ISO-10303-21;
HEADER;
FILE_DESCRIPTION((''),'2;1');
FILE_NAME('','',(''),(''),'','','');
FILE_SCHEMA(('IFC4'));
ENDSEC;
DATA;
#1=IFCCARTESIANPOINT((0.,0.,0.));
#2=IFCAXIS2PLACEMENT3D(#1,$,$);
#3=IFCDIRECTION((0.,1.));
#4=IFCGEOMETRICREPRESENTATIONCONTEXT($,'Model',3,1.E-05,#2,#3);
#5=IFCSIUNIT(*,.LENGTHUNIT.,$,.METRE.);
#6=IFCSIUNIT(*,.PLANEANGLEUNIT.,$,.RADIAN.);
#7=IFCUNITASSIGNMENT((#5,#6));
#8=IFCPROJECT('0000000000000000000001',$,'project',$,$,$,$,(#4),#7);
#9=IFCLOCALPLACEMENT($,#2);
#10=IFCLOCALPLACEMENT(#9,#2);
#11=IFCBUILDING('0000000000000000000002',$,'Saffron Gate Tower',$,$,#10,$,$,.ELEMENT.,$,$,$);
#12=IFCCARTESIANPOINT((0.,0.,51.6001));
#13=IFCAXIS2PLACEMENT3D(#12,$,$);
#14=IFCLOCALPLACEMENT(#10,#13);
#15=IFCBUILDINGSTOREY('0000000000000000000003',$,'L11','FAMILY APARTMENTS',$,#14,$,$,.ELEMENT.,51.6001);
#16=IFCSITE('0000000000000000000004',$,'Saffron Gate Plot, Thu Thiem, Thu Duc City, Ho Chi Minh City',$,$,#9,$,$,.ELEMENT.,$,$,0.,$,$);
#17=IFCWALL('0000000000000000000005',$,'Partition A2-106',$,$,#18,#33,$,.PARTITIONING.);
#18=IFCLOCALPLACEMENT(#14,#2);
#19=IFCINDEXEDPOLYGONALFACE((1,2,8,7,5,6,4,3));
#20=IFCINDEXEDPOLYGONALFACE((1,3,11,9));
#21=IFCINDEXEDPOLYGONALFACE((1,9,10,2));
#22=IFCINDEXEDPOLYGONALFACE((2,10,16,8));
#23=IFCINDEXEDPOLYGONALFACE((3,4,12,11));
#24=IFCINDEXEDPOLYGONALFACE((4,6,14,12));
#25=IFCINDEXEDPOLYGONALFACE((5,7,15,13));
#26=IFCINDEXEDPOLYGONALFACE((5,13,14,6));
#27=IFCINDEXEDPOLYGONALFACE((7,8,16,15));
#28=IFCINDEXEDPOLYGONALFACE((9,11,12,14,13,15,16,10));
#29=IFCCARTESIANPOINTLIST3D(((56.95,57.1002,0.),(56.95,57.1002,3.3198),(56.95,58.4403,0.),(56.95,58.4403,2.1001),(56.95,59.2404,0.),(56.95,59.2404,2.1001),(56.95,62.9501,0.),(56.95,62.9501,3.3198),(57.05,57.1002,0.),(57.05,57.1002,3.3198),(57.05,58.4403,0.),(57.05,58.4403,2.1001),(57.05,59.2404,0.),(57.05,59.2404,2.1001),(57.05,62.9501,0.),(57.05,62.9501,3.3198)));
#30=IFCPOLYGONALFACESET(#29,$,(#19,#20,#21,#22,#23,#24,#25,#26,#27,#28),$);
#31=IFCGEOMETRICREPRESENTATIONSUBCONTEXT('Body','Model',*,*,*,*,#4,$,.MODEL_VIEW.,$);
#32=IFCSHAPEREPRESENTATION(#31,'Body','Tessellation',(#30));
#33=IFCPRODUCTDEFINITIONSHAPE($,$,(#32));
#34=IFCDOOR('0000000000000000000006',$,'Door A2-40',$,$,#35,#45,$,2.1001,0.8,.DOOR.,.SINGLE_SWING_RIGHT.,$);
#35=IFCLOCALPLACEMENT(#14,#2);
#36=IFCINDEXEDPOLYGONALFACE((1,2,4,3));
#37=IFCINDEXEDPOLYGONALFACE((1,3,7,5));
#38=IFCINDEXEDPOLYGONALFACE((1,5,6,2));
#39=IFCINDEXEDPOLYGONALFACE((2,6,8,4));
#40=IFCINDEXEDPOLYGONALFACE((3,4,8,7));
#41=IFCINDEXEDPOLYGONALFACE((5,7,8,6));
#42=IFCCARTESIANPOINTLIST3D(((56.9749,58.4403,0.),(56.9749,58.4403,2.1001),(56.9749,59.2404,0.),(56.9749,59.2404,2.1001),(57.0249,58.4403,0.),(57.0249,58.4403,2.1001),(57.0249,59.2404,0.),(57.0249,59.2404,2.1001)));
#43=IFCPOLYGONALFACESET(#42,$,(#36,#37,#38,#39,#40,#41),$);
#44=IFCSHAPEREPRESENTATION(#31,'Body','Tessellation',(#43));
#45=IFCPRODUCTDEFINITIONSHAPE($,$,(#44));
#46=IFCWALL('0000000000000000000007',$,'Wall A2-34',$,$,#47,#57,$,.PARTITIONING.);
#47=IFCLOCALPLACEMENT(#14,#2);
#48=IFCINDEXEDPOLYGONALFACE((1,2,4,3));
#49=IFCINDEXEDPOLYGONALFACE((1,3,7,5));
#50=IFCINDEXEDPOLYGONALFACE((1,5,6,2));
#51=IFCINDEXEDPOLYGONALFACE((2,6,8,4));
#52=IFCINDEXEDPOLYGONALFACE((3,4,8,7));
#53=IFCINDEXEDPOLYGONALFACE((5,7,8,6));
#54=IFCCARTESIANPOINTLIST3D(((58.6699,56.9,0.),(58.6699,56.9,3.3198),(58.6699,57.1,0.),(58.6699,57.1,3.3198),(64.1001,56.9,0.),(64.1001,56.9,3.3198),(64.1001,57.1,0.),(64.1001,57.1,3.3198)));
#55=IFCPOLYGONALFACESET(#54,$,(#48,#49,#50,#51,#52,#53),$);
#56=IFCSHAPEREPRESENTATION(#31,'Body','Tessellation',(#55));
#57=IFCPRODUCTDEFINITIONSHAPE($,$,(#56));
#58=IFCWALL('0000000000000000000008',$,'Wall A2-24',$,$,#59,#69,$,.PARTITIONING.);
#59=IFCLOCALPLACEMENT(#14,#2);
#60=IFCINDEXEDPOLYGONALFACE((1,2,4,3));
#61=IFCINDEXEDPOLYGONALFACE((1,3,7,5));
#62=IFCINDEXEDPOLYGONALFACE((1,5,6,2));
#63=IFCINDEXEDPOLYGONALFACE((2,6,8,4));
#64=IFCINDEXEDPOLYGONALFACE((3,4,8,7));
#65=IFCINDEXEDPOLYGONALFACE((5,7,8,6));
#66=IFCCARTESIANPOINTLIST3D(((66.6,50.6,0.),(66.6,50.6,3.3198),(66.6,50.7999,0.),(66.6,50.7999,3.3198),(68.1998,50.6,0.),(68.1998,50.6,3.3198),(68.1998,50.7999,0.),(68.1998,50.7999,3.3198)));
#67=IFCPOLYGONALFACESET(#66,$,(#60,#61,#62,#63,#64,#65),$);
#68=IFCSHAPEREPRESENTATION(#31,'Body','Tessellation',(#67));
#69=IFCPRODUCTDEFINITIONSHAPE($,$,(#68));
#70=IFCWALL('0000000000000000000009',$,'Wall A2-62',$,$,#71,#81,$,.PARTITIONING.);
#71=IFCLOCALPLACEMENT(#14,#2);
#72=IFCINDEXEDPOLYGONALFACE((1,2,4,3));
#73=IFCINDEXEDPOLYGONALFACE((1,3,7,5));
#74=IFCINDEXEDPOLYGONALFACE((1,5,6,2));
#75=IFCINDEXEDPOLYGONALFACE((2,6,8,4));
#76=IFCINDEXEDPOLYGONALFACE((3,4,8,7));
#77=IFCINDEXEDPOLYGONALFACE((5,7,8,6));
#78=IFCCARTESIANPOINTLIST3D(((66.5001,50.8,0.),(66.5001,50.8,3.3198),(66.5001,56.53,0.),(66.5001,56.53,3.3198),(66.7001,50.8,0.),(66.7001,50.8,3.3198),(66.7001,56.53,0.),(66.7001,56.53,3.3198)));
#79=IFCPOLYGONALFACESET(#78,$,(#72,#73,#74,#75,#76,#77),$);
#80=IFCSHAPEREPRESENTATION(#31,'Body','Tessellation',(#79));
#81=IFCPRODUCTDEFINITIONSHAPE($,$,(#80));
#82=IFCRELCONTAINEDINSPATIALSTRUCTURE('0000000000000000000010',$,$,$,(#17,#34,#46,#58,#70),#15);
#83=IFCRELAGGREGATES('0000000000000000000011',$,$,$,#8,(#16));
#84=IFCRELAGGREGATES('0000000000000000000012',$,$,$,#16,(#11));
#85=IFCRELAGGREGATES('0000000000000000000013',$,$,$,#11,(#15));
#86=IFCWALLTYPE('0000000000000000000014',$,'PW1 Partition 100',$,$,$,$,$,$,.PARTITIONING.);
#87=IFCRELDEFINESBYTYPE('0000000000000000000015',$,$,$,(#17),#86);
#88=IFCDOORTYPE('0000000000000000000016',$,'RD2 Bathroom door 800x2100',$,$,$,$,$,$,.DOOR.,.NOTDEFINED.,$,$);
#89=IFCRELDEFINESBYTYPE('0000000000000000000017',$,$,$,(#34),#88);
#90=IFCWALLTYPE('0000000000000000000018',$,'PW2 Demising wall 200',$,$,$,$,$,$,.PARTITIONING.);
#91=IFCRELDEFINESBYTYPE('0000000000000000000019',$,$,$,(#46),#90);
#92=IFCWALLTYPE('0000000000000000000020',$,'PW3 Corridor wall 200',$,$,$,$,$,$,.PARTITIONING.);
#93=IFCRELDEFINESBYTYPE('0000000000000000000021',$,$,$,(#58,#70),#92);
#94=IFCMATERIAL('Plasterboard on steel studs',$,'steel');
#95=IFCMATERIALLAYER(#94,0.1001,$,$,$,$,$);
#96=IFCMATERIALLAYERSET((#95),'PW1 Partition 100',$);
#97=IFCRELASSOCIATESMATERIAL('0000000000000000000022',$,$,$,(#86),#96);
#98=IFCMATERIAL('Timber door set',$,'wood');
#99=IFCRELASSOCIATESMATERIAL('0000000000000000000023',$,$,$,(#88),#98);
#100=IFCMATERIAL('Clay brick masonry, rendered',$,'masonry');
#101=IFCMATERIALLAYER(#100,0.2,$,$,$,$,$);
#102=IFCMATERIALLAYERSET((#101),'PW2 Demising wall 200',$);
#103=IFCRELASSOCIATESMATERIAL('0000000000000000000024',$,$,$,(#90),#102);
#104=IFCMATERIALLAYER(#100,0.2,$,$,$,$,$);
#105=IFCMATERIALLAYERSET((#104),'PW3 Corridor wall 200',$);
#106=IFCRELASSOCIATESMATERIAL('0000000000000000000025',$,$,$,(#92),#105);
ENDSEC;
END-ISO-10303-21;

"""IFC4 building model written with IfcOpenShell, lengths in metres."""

from ifc_helpers import new_model, si_unit, direction, frame, frame_2d, origin, place, context, subcontext, project, spatial, rectangle, extrude, material, layer, layer_set, type_object, element, fill, save


model = new_model("IFC4")

# Units and contexts
model_context = context("Model", 3, precision=1e-05, world=origin(), true_north=direction((0.0, 1.0)))
body_context = subcontext(model_context, "Body", "Model", "MODEL_VIEW")
ifc_project = project(units=[si_unit("LENGTHUNIT", "METRE"), si_unit("PLANEANGLEUNIT", "RADIAN")], contexts=[model_context])

# Site, building, storey
site_placement = place(None, origin())
site = spatial("IfcSite", under=ifc_project, at=site_placement, Name="Saffron Gate Plot, Thu Thiem, Thu Duc City, Ho Chi Minh City", CompositionType="ELEMENT", RefElevation=0.0)
building_placement = place(site_placement, origin())
building = spatial("IfcBuilding", under=site, at=building_placement, Name="Saffron Gate Tower", CompositionType="ELEMENT")
storey_placement = place(building_placement, frame((0.0, 0.0, 51.6001)))
storey = spatial("IfcBuildingStorey", under=building, at=storey_placement, Name="L11", Description="FAMILY APARTMENTS", CompositionType="ELEMENT", Elevation=51.6001)

# Shared definitions
ifc_material_1 = material(Name="Plasterboard on steel studs", Category="steel")
ifc_layer_1 = layer(ifc_material_1, 0.1001)
ifc_layer_set_1 = layer_set([ifc_layer_1], Name="PW1 Partition 100")
wall_type_1 = type_object("IfcWallType", Name="PW1 Partition 100", PredefinedType="PARTITIONING", material=ifc_layer_set_1)
ifc_material_2 = material(Name="Timber door set", Category="wood")
door_type_1 = type_object("IfcDoorType", Name="RD2 Bathroom door 800x2100", OperationType="NOTDEFINED", PredefinedType="DOOR", material=ifc_material_2)

# Wall, opening, door
wall_1_placement = place(storey_placement, frame((57.0, 62.95, 0.0), z_axis=(0.0, 0.0, 1.0), x_axis=(0.0, -1.0, 0.0)))
wall_1 = element("IfcWall", 1, at=wall_1_placement, inside=storey, type_object=wall_type_1, Name="Partition A2-106", PredefinedType="PARTITIONING", context=body_context, shape_type="SweptSolid", body=[
    extrude(rectangle(XDim=5.8499, YDim=0.1001, at=frame_2d((2.9248, 0.0))), origin(), (0.0, 0.0, 1.0), 3.3198),
])
opening_1_placement = place(wall_1_placement, frame((3.7097, 0.0, 0.0)))
opening_1 = element("IfcOpeningElement", 2, at=opening_1_placement, cuts=wall_1, PredefinedType="OPENING", context=body_context, shape_type="SweptSolid", body=[
    extrude(rectangle(XDim=0.8, YDim=2.1001, at=frame_2d((0.3999, 1.05))), frame((0.0, 0.0601, 0.0), z_axis=(0.0, -1.0, 0.0), x_axis=(1.0, 0.0, 0.0)), (0.0, 0.0, 1.0), 0.1201),
])
door_1_placement = place(opening_1_placement, origin())
door_1 = element("IfcDoor", 3, at=door_1_placement, inside=storey, type_object=door_type_1, Name="Door A2-40", OperationType="SINGLE_SWING_RIGHT", OverallHeight=2.1001, OverallWidth=0.8, PredefinedType="DOOR", context=body_context, shape_type="SweptSolid", body=[
    extrude(rectangle(XDim=0.8, YDim=2.1001, at=frame_2d((0.3999, 1.05))), frame((0.0, 0.0249, 0.0), z_axis=(0.0, -1.0, 0.0), x_axis=(1.0, 0.0, 0.0)), (0.0, 0.0, 1.0), 0.05),
])
fill(opening_1, door_1)

# Walls
ifc_material_3 = material(Name="Clay brick masonry, rendered", Category="masonry")
ifc_layer_2 = layer(ifc_material_3, 0.2)
ifc_layer_set_2 = layer_set([ifc_layer_2], Name="PW2 Demising wall 200")
wall_type_2 = type_object("IfcWallType", Name="PW2 Demising wall 200", PredefinedType="PARTITIONING", material=ifc_layer_set_2)
wall_2_placement = place(storey_placement, frame((58.6699, 57.0, 0.0), z_axis=(0.0, 0.0, 1.0), x_axis=(1.0, 0.0, 0.0)))
element("IfcWall", 4, at=wall_2_placement, inside=storey, type_object=wall_type_2, Name="Wall A2-34", PredefinedType="PARTITIONING", context=body_context, shape_type="SweptSolid", body=[
    extrude(rectangle(XDim=5.4302, YDim=0.2, at=frame_2d((2.7151, 0.0))), origin(), (0.0, 0.0, 1.0), 3.3198),
])
ifc_layer_3 = layer(ifc_material_3, 0.2)
ifc_layer_set_3 = layer_set([ifc_layer_3], Name="PW3 Corridor wall 200")
wall_type_3 = type_object("IfcWallType", Name="PW3 Corridor wall 200", PredefinedType="PARTITIONING", material=ifc_layer_set_3)
wall_3_placement = place(storey_placement, frame((66.6001, 50.7, 0.0), z_axis=(0.0, 0.0, 1.0), x_axis=(1.0, 0.0, 0.0)))
element("IfcWall", 5, at=wall_3_placement, inside=storey, type_object=wall_type_3, Name="Wall A2-24", PredefinedType="PARTITIONING", context=body_context, shape_type="SweptSolid", body=[
    extrude(rectangle(XDim=1.5999, YDim=0.2, at=frame_2d((0.7998, 0.0))), origin(), (0.0, 0.0, 1.0), 3.3198),
])
wall_4_placement = place(storey_placement, frame((66.6001, 56.53, 0.0), z_axis=(0.0, 0.0, 1.0), x_axis=(0.0, -1.0, 0.0)))
element("IfcWall", 6, at=wall_4_placement, inside=storey, type_object=wall_type_3, Name="Wall A2-62", PredefinedType="PARTITIONING", context=body_context, shape_type="SweptSolid", body=[
    extrude(rectangle(XDim=5.73, YDim=0.2, at=frame_2d((2.865, 0.0))), origin(), (0.0, 0.0, 1.0), 3.3198),
])

save(model, "model.ifc")
